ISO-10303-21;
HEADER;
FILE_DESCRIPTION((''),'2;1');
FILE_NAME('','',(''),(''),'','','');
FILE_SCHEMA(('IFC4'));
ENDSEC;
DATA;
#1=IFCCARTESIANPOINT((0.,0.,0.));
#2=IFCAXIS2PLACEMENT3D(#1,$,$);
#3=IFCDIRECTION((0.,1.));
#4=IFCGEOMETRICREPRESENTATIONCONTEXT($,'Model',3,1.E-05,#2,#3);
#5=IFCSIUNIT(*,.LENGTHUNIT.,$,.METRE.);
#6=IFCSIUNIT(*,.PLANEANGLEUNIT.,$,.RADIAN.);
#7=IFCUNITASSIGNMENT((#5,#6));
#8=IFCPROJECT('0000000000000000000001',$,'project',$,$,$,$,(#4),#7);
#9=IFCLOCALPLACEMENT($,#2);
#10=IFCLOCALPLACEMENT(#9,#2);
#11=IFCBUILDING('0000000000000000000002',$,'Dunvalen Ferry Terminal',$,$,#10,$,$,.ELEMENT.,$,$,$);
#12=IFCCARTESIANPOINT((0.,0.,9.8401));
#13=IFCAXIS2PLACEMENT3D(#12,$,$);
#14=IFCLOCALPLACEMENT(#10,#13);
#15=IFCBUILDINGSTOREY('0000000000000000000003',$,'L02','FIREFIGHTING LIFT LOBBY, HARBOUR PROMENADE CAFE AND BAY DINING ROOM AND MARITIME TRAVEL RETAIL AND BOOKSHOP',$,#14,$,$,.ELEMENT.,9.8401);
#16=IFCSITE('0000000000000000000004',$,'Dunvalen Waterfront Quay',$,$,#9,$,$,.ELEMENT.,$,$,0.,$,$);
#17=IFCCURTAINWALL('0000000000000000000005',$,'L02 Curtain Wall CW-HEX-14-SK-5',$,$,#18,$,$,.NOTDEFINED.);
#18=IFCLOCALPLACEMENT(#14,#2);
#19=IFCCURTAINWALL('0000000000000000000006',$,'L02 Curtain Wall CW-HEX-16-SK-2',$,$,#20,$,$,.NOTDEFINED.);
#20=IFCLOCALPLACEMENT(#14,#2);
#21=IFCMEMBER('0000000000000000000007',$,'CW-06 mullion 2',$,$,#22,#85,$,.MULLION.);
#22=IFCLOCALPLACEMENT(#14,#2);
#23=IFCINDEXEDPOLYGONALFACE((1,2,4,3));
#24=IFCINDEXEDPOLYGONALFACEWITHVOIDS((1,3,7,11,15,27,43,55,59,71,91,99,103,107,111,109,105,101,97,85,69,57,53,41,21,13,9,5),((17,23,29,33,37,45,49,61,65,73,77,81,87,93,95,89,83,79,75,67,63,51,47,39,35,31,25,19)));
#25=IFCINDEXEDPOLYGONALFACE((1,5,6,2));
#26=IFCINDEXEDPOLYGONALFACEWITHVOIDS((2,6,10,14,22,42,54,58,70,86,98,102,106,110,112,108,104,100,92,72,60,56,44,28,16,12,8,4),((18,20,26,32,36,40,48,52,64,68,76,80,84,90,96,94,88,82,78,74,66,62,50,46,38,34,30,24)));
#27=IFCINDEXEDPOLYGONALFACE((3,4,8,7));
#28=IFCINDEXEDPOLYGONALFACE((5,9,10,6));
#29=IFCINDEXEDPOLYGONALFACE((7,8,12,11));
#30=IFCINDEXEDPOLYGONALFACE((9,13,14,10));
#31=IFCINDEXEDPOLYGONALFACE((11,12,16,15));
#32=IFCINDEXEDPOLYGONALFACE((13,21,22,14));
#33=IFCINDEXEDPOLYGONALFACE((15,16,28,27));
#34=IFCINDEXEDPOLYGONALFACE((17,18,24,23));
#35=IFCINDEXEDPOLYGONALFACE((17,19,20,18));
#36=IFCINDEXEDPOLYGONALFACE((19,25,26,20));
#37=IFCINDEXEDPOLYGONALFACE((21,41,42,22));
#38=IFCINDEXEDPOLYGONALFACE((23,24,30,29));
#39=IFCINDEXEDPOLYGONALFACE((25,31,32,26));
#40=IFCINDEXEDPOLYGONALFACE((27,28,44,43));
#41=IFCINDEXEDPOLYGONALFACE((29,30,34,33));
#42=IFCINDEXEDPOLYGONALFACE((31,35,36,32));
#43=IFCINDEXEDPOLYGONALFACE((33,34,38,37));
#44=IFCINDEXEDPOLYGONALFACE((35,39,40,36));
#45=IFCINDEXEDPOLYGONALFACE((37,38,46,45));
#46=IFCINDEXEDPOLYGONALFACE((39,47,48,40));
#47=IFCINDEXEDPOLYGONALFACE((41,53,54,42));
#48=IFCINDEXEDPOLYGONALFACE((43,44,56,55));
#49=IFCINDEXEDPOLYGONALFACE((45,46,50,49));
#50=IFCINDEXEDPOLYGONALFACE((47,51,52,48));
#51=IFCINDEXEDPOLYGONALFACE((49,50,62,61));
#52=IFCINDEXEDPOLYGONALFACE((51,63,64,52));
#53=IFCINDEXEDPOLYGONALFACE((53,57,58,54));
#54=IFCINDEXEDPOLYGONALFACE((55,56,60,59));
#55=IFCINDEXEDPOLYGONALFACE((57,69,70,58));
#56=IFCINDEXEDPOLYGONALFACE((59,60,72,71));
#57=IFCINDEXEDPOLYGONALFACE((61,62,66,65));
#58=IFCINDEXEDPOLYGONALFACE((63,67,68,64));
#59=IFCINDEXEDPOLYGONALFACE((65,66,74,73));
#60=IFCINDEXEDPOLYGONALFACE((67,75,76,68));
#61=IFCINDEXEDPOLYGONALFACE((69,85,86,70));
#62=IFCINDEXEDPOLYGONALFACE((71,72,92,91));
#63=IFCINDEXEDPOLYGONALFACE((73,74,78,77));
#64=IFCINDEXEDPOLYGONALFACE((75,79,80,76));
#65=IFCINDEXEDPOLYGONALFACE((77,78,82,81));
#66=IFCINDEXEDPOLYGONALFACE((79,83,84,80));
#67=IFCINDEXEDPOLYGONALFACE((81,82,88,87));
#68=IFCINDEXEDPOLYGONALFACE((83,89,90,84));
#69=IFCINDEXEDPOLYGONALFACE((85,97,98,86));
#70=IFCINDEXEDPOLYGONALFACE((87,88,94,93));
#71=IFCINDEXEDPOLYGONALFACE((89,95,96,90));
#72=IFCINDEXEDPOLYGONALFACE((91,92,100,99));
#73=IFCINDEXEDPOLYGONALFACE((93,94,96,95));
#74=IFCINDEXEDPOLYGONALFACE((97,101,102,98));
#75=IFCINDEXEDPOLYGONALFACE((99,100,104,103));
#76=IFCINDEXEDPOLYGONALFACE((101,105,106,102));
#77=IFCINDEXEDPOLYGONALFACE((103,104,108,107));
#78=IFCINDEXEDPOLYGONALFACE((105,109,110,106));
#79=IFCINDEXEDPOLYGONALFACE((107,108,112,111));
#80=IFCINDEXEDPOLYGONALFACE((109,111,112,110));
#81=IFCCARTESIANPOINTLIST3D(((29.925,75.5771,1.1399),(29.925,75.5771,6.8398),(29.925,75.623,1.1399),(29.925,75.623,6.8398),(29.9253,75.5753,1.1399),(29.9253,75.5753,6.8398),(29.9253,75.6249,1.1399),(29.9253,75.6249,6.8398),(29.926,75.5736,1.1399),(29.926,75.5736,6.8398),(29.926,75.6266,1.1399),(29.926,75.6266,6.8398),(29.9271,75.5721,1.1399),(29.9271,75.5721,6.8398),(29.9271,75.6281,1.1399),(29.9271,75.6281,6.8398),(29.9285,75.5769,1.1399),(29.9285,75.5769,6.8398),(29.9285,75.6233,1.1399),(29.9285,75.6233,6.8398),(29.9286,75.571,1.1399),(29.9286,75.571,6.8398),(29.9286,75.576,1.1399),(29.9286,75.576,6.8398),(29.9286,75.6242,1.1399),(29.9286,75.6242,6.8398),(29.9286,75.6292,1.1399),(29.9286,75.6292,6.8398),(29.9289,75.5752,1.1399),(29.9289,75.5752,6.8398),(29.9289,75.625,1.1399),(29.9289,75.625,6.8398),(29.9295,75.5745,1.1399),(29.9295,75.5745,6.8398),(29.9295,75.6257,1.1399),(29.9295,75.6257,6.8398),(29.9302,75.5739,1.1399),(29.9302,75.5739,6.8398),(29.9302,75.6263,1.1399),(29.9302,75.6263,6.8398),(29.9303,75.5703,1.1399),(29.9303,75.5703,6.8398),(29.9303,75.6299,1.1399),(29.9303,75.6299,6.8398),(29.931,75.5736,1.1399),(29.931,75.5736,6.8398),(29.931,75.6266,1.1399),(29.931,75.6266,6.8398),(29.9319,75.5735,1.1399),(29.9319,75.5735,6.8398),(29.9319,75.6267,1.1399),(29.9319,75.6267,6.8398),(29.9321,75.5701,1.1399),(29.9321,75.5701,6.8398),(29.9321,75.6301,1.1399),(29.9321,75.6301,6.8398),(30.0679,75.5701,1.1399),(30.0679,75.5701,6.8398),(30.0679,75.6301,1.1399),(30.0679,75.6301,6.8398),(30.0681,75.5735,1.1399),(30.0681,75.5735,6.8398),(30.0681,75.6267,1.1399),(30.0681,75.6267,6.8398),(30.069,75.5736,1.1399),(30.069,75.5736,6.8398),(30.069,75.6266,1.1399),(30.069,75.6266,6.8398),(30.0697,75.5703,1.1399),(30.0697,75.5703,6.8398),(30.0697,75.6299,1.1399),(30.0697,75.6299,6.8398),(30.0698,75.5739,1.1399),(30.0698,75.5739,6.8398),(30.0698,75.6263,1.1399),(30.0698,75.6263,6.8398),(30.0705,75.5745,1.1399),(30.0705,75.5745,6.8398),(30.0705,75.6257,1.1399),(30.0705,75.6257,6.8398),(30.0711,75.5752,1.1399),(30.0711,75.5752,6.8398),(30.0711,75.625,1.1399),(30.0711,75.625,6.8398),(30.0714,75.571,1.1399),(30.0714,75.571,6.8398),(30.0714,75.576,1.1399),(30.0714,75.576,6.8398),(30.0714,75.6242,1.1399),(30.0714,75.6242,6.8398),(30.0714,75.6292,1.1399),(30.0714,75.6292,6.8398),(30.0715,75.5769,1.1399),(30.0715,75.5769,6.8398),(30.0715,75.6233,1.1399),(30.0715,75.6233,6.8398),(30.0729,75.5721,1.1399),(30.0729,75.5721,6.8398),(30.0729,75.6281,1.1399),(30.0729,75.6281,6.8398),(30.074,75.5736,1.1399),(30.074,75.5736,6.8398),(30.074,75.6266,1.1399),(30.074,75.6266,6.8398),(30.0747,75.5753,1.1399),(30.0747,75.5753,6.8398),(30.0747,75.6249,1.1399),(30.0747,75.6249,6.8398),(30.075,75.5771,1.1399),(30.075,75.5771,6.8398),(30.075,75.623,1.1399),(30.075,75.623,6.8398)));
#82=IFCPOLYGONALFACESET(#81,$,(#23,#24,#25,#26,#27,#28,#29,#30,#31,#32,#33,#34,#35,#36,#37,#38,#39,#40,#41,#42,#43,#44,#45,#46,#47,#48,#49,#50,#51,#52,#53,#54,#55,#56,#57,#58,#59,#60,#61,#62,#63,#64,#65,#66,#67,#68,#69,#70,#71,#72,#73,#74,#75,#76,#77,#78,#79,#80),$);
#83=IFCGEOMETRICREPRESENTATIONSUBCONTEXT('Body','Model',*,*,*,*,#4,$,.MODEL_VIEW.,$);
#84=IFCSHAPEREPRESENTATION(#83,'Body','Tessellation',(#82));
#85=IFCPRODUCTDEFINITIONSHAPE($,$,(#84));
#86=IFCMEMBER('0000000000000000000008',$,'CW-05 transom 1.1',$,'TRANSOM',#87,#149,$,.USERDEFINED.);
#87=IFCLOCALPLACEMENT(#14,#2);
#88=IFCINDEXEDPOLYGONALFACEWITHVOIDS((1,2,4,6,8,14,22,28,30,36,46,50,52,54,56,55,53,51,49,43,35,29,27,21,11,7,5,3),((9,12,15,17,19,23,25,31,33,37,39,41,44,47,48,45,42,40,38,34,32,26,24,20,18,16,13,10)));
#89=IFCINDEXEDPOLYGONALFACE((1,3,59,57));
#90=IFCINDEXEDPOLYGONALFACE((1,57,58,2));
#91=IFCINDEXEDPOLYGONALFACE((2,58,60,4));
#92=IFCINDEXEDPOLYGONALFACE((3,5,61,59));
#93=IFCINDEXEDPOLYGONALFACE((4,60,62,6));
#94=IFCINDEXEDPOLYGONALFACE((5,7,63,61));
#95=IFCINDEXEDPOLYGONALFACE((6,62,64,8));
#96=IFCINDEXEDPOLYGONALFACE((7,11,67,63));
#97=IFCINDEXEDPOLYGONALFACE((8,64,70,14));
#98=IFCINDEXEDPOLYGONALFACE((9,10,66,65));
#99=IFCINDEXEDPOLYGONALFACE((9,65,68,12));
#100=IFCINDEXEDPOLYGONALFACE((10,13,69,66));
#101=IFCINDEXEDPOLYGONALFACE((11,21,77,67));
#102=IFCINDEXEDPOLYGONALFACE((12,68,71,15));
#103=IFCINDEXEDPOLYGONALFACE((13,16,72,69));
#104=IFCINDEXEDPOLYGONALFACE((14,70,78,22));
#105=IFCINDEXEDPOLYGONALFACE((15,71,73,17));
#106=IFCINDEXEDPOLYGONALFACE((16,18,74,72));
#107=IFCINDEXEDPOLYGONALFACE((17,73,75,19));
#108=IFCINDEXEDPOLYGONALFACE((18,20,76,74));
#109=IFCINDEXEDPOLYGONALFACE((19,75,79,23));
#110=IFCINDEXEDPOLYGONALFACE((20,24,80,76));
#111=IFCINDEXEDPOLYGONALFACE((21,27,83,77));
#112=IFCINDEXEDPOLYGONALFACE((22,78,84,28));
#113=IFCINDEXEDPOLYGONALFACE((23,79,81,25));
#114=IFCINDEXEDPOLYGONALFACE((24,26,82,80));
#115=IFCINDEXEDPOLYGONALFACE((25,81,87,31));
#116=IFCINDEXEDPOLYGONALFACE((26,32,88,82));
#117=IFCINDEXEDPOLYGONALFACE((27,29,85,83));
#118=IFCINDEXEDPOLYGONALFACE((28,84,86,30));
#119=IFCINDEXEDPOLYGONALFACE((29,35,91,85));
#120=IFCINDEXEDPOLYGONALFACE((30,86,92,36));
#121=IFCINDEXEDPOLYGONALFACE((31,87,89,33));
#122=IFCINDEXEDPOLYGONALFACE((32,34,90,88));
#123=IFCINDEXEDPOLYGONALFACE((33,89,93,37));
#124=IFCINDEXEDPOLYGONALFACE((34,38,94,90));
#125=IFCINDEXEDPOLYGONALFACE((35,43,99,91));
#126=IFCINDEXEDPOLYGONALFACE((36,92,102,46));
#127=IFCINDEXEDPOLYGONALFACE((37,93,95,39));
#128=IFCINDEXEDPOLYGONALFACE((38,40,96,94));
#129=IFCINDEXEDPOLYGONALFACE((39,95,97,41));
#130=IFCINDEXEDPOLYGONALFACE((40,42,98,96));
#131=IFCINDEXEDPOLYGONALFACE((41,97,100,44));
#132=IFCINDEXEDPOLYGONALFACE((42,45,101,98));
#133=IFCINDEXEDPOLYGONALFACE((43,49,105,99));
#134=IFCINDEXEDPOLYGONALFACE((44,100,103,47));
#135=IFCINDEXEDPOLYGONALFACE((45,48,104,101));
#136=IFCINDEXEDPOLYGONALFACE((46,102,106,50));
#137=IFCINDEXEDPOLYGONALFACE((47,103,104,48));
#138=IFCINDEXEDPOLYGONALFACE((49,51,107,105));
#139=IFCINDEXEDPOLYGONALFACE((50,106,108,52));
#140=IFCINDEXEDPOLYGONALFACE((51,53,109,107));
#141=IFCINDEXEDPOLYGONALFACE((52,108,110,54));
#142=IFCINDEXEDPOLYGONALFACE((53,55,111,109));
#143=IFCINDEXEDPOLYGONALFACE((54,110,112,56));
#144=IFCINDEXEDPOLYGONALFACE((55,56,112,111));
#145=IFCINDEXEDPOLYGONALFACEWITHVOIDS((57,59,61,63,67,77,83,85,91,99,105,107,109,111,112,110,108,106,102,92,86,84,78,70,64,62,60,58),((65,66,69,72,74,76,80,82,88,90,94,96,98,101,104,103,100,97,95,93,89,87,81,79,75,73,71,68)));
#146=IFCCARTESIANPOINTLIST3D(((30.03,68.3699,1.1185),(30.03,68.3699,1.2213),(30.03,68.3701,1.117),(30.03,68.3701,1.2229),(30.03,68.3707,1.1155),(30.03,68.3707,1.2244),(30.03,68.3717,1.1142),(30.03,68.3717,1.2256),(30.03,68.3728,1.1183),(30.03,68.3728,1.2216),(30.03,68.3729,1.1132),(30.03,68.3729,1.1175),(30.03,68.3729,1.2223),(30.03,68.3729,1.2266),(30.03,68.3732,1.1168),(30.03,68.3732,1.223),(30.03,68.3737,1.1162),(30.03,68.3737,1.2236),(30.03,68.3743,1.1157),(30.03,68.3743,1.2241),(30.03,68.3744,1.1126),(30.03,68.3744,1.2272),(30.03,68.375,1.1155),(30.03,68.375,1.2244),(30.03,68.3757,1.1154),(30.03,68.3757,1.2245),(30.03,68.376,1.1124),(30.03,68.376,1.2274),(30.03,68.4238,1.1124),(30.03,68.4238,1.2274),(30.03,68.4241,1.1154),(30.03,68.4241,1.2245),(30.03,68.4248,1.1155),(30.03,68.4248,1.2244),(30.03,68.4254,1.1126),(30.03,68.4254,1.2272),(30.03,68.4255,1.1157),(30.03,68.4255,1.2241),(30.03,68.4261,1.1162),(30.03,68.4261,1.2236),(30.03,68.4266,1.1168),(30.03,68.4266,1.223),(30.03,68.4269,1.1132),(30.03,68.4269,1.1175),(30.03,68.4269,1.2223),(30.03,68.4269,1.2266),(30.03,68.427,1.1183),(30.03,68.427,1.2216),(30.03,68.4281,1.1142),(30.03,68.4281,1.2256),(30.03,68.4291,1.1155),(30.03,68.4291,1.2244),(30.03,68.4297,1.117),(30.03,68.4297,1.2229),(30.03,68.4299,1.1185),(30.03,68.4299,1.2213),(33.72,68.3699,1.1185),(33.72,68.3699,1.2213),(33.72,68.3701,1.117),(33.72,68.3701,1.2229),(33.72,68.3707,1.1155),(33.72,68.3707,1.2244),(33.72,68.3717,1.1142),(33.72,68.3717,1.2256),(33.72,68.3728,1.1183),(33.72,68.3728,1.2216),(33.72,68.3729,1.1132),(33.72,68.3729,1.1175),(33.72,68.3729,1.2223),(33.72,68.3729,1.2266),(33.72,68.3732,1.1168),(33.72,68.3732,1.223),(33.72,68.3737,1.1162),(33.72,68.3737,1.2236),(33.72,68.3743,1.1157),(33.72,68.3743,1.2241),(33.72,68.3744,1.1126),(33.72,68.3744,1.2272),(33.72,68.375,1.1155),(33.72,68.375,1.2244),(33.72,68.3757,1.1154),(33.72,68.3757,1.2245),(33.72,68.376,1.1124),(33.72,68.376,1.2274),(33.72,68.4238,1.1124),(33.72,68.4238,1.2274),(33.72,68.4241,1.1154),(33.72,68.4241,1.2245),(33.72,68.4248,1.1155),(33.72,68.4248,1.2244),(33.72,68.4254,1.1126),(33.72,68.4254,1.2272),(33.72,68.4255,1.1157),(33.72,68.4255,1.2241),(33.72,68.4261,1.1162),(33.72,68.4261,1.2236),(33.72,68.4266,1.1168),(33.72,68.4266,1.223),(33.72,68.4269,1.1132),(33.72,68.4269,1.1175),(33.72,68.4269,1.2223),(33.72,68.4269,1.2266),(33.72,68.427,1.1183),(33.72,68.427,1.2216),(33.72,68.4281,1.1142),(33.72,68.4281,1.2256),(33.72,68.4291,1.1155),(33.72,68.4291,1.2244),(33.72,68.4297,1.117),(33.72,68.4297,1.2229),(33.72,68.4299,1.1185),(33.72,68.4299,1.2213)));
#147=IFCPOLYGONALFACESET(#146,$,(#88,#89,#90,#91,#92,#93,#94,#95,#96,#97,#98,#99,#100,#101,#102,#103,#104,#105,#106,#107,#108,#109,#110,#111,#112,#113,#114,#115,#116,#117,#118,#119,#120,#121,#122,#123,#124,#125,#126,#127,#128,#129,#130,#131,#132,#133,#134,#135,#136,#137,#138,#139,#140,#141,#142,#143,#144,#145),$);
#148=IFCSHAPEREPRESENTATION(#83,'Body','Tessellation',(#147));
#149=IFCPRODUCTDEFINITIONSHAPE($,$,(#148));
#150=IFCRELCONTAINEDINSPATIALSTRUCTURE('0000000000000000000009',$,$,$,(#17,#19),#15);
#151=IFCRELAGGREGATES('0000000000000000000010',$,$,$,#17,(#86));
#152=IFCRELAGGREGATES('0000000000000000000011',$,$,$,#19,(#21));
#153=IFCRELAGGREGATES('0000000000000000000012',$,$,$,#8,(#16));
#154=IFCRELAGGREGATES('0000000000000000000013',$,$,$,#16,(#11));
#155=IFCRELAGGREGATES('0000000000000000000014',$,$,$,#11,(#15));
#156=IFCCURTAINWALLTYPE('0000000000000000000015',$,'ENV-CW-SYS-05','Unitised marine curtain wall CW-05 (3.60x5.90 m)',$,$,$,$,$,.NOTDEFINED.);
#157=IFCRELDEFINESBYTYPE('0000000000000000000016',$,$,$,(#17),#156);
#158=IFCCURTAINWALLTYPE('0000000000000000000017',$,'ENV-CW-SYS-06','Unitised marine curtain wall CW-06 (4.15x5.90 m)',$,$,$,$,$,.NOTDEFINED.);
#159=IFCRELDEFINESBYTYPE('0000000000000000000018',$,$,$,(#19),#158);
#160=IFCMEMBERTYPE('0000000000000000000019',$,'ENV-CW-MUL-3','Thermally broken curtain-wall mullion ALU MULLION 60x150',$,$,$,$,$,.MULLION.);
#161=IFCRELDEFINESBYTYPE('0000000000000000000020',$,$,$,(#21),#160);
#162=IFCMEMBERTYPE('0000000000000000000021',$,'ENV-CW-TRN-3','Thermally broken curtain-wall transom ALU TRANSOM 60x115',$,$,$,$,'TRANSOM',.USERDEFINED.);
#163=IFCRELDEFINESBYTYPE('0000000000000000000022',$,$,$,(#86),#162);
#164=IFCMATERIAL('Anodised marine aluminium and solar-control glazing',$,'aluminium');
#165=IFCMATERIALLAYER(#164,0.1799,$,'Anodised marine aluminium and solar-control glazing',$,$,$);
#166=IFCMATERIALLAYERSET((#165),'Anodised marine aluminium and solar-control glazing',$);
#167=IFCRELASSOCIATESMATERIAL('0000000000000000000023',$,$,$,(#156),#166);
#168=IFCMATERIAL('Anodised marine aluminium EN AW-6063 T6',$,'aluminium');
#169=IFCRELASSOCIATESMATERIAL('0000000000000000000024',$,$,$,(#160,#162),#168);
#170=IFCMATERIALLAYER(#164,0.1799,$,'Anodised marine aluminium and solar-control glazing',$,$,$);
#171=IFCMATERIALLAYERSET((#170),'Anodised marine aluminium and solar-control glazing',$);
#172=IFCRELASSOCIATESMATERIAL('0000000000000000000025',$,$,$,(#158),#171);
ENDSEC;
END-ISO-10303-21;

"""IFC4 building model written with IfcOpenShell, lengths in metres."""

from ifc_helpers import new_model, si_unit, direction, frame, origin, origin_2d, place, context, subcontext, project, spatial, hollow_rectangle, extrude, material, layer, layer_set, material_profile, profile_set, type_object, element, aggregate, save


model = new_model("IFC4")

# Units and contexts
model_context = context("Model", 3, precision=1e-05, world=origin(), true_north=direction((0.0, 1.0)))
body_context = subcontext(model_context, "Body", "Model", "MODEL_VIEW")
ifc_project = project(units=[si_unit("LENGTHUNIT", "METRE"), si_unit("PLANEANGLEUNIT", "RADIAN")], contexts=[model_context])

# Site, building, storey
site_placement = place(None, origin())
site = spatial("IfcSite", under=ifc_project, at=site_placement, Name="Dunvalen Waterfront Quay", CompositionType="ELEMENT", RefElevation=0.0)
building_placement = place(site_placement, origin())
building = spatial("IfcBuilding", under=site, at=building_placement, Name="Dunvalen Ferry Terminal", CompositionType="ELEMENT")
storey_placement = place(building_placement, frame((0.0, 0.0, 9.8401)))
storey = spatial("IfcBuildingStorey", under=building, at=storey_placement, Name="L02", Description="FIREFIGHTING LIFT LOBBY, HARBOUR PROMENADE CAFE AND BAY DINING ROOM AND MARITIME TRAVEL RETAIL AND BOOKSHOP", CompositionType="ELEMENT", Elevation=9.8401)

# Curtain wall
ifc_material_1 = material(Name="Anodised marine aluminium and solar-control glazing", Category="aluminium")
ifc_layer_1 = layer(ifc_material_1, 0.1799, Name="Anodised marine aluminium and solar-control glazing")
ifc_layer_set_1 = layer_set([ifc_layer_1], Name="Anodised marine aluminium and solar-control glazing")
curtain_wall_type_1 = type_object("IfcCurtainWallType", Name="ENV-CW-SYS-05", Description="Unitised marine curtain wall CW-05 (3.60x5.90 m)", PredefinedType="NOTDEFINED", material=ifc_layer_set_1)
curtain_wall_1_placement = place(storey_placement, origin())
curtain_wall_1 = element("IfcCurtainWall", 1, at=curtain_wall_1_placement, inside=storey, type_object=curtain_wall_type_1, Name="L02 Curtain Wall CW-HEX-14-SK-5", PredefinedType="NOTDEFINED")
ifc_material_2 = material(Name="Anodised marine aluminium EN AW-6063 T6", Category="aluminium")
ifc_material_profile_1 = material_profile(ifc_material_2, hollow_rectangle(XDim=0.0601, YDim=0.1499, WallThickness=0.0034, InnerFilletRadius=0.0034, OuterFilletRadius=0.0071, at=origin_2d()), Name="Anodised marine aluminium EN AW-6063 T6")
ifc_profile_set_1 = profile_set([ifc_material_profile_1], Name="Anodised marine aluminium EN AW-6063 T6")
member_type_1 = type_object("IfcMemberType", Name="ENV-CW-MUL-3", Description="Thermally broken curtain-wall mullion ALU MULLION 60x150", PredefinedType="MULLION", material=ifc_profile_set_1)

# Curtain wall, member
ifc_layer_2 = layer(ifc_material_1, 0.1799, Name="Anodised marine aluminium and solar-control glazing")
ifc_layer_set_2 = layer_set([ifc_layer_2], Name="Anodised marine aluminium and solar-control glazing")
curtain_wall_type_2 = type_object("IfcCurtainWallType", Name="ENV-CW-SYS-06", Description="Unitised marine curtain wall CW-06 (4.15x5.90 m)", PredefinedType="NOTDEFINED", material=ifc_layer_set_2)
curtain_wall_2_placement = place(storey_placement, origin())
curtain_wall_2 = element("IfcCurtainWall", 2, at=curtain_wall_2_placement, inside=storey, type_object=curtain_wall_type_2, Name="L02 Curtain Wall CW-HEX-16-SK-2", PredefinedType="NOTDEFINED")
member_1_placement = place(storey_placement, frame((30.0, 75.6001, 1.1399), z_axis=(0.0, 0.0, 1.0), x_axis=(0.0, 1.0, 0.0)))
member_1 = element("IfcMember", 3, at=member_1_placement, type_object=member_type_1, Name="CW-06 mullion 2", PredefinedType="MULLION", context=body_context, shape_type="SweptSolid", body=[
    extrude(hollow_rectangle(XDim=0.0601, YDim=0.1499, WallThickness=0.0034, InnerFilletRadius=0.0034, OuterFilletRadius=0.0071, at=origin_2d()), origin(), (0.0, 0.0, 1.0), 5.7),
])

# Member
ifc_material_profile_2 = material_profile(ifc_material_2, hollow_rectangle(XDim=0.0601, YDim=0.115, WallThickness=0.0029, InnerFilletRadius=0.0029, OuterFilletRadius=0.0061, at=origin_2d()), Name="Anodised marine aluminium EN AW-6063 T6")
ifc_profile_set_2 = profile_set([ifc_material_profile_2], Name="Anodised marine aluminium EN AW-6063 T6")
member_type_2 = type_object("IfcMemberType", Name="ENV-CW-TRN-3", Description="Thermally broken curtain-wall transom ALU TRANSOM 60x115", ElementType="TRANSOM", PredefinedType="USERDEFINED", material=ifc_profile_set_2)
member_2_placement = place(storey_placement, frame((33.72, 68.3999, 1.1699), z_axis=(-1.0, 0.0, 0.0), x_axis=(0.0, -1.0, 0.0)))
member_2 = element("IfcMember", 4, at=member_2_placement, type_object=member_type_2, Name="CW-05 transom 1.1", ObjectType="TRANSOM", PredefinedType="USERDEFINED", context=body_context, shape_type="SweptSolid", body=[
    extrude(hollow_rectangle(XDim=0.0601, YDim=0.115, WallThickness=0.0029, InnerFilletRadius=0.0029, OuterFilletRadius=0.0061, at=origin_2d()), origin(), (0.0, 0.0, 1.0), 3.6899),
])

aggregate(curtain_wall_1, [member_2])
aggregate(curtain_wall_2, [member_1])

save(model, "model.ifc")
